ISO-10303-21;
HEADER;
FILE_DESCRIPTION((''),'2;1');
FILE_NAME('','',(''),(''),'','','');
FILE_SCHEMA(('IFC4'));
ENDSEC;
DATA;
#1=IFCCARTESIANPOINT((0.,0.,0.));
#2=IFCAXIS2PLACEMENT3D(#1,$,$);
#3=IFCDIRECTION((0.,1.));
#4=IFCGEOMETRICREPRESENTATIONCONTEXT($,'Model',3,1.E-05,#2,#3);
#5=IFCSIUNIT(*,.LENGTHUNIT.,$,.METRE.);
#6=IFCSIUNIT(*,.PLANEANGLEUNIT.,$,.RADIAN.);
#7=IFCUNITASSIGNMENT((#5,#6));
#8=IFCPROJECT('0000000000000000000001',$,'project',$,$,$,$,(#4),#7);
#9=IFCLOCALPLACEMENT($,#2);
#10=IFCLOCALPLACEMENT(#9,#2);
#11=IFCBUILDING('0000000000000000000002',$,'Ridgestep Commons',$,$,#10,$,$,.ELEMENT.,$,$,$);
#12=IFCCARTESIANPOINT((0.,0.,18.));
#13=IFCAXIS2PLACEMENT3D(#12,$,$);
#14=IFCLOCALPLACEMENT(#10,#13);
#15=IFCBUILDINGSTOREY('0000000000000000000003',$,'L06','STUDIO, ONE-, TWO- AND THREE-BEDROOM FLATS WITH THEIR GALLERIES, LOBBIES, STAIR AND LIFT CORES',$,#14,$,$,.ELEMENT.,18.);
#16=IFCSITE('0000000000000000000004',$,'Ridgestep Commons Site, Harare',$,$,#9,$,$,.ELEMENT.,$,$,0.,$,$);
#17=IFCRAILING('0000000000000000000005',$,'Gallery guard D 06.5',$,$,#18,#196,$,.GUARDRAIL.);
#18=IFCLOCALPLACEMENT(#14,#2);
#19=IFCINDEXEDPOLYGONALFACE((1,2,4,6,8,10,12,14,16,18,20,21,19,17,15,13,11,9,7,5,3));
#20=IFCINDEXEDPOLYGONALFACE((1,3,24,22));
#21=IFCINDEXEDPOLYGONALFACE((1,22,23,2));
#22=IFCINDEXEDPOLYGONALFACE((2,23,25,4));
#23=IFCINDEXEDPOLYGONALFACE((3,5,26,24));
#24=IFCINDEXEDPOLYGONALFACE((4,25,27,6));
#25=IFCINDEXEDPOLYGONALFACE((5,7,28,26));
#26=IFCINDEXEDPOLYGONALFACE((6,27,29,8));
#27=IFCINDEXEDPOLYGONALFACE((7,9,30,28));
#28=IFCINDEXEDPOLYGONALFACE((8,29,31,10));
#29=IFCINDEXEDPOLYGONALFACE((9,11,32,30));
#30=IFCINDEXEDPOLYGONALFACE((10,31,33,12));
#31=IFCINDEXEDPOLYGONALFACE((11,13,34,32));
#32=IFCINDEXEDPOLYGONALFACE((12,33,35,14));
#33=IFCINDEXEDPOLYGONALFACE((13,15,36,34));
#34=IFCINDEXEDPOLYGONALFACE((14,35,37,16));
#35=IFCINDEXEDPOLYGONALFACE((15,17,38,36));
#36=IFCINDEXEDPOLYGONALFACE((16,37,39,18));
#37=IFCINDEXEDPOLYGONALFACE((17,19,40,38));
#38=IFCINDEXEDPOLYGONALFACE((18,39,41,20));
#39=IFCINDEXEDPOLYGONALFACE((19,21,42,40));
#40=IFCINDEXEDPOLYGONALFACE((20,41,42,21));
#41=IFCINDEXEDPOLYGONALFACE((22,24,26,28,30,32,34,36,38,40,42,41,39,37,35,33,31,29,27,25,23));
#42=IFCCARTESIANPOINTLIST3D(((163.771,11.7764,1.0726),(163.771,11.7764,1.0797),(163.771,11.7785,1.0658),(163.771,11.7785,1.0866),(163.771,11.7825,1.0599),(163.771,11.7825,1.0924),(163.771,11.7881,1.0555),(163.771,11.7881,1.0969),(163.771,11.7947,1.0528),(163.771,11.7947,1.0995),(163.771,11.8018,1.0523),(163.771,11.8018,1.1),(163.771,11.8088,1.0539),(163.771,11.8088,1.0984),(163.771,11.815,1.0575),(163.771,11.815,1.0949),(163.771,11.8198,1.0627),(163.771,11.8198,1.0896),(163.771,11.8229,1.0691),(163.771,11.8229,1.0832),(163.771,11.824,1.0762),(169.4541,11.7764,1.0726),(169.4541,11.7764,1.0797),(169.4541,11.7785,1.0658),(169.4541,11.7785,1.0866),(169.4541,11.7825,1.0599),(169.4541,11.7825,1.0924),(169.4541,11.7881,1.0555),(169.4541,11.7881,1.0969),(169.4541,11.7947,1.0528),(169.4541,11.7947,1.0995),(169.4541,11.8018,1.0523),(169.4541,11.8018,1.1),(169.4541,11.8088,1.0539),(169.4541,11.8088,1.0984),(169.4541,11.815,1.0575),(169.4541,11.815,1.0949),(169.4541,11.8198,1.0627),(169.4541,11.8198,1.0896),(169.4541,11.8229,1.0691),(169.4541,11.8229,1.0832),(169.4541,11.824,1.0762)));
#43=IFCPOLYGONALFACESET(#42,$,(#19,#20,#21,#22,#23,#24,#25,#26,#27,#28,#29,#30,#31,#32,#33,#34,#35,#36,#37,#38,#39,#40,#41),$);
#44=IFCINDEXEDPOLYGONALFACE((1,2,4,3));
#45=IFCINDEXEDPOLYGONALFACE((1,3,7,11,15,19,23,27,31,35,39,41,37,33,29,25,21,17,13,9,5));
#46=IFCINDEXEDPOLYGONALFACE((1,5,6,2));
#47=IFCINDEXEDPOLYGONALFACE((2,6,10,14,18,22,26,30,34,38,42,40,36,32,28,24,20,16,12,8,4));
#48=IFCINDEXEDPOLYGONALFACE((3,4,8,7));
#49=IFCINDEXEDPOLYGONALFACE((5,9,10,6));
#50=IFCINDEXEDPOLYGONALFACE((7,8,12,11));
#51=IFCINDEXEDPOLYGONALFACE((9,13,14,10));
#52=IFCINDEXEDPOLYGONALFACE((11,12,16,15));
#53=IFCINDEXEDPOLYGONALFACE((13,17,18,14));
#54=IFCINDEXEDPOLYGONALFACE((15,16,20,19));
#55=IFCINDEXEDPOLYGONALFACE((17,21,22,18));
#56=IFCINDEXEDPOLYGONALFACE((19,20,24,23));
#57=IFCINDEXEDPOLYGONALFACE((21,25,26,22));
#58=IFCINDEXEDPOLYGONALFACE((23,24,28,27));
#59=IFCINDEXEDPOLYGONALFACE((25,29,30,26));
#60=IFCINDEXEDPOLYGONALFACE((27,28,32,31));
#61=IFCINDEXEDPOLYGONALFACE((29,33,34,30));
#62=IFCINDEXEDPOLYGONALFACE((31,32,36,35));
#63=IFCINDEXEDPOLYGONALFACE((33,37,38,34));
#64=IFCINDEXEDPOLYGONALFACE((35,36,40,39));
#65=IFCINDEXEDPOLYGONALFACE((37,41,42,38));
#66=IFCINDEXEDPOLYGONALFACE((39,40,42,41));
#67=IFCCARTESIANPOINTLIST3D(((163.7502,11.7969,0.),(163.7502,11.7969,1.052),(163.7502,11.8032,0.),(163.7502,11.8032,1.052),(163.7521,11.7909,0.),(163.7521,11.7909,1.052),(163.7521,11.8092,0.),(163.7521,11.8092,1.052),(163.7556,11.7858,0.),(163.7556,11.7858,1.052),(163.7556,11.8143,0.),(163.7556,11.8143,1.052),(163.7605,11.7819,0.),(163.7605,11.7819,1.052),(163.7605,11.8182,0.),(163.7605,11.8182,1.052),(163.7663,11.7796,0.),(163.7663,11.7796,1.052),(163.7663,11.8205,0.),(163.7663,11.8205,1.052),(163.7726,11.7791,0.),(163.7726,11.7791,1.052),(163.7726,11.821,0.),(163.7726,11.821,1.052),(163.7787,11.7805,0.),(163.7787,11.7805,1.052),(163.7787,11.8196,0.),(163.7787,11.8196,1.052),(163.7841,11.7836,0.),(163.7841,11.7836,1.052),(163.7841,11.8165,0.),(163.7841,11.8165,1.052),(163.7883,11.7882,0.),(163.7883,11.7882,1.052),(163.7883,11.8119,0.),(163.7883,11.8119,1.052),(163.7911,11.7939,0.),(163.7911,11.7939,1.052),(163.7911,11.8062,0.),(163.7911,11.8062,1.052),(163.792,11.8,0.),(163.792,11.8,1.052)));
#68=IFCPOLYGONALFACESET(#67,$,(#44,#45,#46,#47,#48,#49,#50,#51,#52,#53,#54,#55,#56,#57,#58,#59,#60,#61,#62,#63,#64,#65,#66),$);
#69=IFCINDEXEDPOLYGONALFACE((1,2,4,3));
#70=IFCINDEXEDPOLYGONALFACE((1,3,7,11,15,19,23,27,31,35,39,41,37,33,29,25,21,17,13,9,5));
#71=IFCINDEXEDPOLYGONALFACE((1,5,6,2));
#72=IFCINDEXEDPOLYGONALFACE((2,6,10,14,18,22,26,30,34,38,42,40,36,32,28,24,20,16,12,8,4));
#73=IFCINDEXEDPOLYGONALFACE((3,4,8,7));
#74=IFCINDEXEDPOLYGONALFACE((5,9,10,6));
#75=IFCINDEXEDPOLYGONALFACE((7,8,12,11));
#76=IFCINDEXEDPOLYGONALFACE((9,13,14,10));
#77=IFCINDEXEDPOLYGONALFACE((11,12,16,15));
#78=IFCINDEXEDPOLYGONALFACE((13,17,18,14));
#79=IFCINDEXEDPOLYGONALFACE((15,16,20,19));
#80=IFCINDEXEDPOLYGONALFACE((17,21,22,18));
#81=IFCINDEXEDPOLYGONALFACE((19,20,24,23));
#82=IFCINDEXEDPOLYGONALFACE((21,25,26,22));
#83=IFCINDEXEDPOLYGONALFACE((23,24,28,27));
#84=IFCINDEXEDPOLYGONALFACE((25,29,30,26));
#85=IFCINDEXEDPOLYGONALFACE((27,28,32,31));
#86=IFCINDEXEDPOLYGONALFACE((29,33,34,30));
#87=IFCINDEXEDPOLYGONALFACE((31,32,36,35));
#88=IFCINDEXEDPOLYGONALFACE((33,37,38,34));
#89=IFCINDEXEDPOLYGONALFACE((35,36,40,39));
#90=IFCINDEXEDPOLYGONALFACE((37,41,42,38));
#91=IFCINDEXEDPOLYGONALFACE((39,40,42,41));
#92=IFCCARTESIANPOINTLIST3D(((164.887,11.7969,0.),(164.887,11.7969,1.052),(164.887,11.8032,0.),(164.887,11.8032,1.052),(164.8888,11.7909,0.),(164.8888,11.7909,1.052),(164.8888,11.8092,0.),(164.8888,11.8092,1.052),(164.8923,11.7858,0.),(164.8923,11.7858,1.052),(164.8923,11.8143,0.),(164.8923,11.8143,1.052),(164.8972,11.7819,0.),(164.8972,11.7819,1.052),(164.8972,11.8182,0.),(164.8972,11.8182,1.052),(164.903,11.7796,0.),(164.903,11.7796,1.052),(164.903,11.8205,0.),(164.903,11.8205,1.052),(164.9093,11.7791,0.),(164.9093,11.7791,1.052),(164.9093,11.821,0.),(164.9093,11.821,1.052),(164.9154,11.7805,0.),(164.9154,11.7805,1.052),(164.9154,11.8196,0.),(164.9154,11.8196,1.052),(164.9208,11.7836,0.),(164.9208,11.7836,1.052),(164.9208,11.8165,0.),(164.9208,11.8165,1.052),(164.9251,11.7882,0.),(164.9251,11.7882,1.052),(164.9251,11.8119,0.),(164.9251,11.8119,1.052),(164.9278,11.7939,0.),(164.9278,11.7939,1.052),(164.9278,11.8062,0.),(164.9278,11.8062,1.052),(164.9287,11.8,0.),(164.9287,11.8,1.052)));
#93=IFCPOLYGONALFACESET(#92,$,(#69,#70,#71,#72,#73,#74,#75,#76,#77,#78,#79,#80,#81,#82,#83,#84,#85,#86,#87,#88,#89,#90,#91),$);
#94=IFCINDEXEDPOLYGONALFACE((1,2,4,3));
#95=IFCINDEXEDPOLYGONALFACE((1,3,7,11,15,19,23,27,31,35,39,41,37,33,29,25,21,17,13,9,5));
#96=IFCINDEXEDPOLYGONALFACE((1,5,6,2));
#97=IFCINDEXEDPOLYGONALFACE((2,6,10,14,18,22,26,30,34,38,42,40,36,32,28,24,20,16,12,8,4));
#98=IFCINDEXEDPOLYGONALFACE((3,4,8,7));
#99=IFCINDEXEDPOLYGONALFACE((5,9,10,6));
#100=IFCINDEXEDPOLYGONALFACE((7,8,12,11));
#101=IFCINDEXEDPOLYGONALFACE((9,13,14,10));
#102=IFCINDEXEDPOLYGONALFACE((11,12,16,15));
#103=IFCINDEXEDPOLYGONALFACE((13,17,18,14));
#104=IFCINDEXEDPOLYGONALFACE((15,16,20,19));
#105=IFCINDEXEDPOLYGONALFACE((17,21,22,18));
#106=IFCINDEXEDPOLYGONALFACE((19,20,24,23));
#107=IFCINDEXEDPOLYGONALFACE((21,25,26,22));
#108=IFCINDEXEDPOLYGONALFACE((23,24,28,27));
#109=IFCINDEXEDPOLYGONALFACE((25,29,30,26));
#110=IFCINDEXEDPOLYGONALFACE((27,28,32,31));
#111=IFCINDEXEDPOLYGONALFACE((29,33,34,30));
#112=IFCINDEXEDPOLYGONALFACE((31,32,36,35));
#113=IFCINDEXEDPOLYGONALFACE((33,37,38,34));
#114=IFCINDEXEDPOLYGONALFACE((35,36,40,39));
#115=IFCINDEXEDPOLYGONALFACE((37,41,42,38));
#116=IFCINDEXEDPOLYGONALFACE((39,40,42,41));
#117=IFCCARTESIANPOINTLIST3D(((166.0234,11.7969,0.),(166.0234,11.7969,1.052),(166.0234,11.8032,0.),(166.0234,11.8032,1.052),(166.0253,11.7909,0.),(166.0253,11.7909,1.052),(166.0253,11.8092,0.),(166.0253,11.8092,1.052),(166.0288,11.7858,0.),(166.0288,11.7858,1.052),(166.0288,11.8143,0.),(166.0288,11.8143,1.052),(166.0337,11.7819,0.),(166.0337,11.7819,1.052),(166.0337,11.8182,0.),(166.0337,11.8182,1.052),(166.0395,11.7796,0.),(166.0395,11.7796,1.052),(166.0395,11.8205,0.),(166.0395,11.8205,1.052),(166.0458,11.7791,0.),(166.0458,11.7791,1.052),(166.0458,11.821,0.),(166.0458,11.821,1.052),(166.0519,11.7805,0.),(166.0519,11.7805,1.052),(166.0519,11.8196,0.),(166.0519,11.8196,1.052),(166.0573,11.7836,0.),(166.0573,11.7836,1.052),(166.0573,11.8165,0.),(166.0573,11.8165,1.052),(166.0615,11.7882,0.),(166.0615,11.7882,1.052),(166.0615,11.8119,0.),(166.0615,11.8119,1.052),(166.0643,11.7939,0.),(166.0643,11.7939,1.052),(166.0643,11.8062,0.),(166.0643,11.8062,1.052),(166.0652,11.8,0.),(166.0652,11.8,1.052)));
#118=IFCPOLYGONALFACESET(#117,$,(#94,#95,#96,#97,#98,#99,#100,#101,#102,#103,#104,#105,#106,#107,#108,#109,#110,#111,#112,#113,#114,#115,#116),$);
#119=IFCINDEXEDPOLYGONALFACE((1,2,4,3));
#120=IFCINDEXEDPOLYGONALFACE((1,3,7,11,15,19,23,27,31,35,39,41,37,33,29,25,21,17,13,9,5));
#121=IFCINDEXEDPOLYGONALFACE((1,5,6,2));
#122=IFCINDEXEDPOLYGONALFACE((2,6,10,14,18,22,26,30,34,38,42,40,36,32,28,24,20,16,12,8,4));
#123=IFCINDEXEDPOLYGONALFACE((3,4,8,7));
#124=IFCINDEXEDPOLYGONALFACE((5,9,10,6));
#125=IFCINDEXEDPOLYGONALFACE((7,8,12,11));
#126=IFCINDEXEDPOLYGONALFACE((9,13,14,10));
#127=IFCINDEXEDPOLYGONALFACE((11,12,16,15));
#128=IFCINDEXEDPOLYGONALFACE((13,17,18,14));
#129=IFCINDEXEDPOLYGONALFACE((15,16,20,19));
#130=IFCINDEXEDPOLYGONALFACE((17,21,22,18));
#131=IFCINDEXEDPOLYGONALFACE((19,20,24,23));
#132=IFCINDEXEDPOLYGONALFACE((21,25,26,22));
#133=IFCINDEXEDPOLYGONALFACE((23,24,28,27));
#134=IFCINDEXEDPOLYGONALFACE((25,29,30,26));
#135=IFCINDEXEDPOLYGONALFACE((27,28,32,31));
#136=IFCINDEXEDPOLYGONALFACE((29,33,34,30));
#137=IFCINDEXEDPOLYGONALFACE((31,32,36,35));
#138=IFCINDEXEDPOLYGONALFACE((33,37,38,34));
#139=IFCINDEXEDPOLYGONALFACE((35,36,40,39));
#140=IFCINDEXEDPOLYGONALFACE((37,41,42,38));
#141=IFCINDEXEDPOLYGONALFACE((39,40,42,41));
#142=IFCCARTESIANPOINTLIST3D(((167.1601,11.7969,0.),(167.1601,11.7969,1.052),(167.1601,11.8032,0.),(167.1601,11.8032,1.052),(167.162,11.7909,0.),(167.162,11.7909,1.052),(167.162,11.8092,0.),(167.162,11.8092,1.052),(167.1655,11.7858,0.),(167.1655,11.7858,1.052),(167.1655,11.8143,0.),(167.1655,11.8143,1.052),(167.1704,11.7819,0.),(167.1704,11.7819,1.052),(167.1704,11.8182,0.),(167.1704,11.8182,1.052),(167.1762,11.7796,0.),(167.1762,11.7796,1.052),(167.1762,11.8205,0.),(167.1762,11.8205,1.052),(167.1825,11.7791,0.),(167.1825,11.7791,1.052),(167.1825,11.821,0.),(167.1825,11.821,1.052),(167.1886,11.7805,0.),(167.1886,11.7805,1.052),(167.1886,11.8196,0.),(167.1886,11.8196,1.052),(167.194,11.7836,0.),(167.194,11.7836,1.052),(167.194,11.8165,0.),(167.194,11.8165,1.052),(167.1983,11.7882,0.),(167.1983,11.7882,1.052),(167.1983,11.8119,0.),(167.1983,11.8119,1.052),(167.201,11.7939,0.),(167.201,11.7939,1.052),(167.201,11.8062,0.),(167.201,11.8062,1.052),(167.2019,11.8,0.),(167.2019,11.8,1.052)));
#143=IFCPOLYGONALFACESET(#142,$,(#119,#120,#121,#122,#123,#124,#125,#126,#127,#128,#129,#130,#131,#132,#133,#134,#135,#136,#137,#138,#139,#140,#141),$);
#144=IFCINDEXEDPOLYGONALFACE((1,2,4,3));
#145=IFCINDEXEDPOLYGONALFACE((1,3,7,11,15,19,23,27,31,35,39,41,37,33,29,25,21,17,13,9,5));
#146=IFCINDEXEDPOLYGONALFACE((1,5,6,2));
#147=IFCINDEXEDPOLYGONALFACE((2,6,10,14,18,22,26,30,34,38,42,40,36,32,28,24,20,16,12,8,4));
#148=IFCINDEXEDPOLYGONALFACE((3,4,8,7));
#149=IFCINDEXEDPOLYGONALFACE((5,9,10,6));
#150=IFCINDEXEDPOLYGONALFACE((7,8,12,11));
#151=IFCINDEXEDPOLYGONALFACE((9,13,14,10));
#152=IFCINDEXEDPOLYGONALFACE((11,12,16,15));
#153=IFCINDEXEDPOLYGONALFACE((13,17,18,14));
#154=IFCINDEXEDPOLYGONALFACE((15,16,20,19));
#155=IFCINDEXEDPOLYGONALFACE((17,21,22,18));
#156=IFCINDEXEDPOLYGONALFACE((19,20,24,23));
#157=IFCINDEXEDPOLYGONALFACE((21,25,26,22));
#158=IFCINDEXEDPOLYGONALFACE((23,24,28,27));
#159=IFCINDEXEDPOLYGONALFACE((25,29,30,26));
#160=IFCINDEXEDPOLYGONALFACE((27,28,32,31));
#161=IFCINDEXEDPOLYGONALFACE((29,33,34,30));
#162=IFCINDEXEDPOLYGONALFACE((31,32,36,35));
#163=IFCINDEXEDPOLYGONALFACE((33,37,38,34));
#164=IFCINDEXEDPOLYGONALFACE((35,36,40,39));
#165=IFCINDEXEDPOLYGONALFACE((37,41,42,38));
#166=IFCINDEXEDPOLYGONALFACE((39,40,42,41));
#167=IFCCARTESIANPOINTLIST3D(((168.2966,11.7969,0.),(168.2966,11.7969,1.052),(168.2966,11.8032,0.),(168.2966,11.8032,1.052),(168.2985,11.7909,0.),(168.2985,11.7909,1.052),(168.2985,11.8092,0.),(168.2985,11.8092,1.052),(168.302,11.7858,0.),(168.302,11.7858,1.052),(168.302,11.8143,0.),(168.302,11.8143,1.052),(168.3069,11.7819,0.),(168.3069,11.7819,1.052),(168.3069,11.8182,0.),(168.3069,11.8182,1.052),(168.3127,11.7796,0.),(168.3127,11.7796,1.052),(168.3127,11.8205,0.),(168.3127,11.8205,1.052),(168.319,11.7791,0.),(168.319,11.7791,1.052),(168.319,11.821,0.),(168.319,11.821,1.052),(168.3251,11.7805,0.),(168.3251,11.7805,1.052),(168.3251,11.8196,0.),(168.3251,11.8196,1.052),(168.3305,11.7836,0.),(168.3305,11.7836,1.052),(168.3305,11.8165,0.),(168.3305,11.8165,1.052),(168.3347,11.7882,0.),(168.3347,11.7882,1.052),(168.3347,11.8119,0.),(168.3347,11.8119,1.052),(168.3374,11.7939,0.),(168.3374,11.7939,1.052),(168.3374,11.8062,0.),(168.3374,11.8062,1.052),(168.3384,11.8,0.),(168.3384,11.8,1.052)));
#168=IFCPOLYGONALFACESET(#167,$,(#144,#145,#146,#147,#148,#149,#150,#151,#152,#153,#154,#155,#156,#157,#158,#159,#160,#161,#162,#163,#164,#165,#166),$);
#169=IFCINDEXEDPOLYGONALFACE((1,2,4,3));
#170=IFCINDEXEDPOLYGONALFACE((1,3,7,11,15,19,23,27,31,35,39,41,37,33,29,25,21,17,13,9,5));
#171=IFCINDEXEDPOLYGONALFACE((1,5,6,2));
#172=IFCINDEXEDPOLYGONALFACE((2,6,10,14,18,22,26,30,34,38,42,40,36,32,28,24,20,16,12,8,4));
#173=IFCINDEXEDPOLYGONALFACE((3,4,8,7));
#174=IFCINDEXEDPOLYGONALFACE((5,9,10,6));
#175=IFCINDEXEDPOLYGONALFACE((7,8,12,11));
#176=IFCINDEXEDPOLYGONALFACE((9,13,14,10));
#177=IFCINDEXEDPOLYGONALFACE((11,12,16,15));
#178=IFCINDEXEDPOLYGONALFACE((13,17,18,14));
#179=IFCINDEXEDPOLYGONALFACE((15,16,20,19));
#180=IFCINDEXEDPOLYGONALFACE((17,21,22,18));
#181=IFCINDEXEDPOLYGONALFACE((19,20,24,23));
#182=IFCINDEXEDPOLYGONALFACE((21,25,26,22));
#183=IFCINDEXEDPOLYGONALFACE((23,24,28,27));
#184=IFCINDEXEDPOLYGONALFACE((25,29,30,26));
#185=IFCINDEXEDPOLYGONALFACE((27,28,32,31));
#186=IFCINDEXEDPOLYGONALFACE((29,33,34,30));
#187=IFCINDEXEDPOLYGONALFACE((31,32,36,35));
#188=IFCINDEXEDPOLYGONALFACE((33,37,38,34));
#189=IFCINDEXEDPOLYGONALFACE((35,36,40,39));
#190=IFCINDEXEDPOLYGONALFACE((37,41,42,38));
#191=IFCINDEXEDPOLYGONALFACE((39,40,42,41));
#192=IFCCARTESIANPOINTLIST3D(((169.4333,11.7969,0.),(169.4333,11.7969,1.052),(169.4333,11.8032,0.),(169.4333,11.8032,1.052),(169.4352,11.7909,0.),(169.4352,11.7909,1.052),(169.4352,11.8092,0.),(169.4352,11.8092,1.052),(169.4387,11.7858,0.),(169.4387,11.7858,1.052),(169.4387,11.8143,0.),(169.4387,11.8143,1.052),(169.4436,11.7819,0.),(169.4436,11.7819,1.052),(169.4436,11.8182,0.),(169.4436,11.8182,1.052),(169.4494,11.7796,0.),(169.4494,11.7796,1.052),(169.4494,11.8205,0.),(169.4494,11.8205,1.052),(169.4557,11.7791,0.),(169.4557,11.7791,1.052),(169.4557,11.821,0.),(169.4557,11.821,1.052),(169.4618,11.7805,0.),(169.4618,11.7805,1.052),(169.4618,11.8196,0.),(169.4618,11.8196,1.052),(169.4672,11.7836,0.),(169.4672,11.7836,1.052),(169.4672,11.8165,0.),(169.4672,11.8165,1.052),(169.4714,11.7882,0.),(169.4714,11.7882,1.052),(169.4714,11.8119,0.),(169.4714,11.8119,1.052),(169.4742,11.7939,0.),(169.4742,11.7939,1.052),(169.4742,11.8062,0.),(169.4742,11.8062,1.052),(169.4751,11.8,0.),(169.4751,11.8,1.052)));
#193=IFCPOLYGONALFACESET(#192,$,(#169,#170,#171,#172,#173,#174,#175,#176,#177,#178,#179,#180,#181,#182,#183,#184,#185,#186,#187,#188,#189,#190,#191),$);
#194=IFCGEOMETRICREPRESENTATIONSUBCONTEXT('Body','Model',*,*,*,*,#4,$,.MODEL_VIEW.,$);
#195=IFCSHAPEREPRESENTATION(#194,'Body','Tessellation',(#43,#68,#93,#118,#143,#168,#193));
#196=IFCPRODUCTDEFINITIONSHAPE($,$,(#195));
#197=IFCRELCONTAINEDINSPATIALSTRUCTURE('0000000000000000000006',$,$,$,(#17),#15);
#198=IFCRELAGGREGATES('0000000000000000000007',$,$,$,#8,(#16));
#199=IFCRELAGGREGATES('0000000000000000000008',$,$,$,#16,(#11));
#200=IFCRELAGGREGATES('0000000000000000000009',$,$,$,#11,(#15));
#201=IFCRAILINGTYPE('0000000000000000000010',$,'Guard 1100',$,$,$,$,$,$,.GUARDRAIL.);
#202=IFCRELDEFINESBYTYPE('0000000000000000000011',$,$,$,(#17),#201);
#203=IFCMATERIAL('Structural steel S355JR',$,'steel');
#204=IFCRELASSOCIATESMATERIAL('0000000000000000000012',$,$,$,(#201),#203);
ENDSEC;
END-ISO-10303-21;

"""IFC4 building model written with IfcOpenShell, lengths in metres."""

from ifc_helpers import new_model, si_unit, direction, frame, origin, origin_2d, place, context, subcontext, project, spatial, circle, extrude, material, type_object, element, save


model = new_model("IFC4")

# Units and contexts
model_context = context("Model", 3, precision=1e-05, world=origin(), true_north=direction((0.0, 1.0)))
body_context = subcontext(model_context, "Body", "Model", "MODEL_VIEW")
ifc_project = project(units=[si_unit("LENGTHUNIT", "METRE"), si_unit("PLANEANGLEUNIT", "RADIAN")], contexts=[model_context])

# Site, building, storey
site_placement = place(None, origin())
site = spatial("IfcSite", under=ifc_project, at=site_placement, Name="Ridgestep Commons Site, Harare", CompositionType="ELEMENT", RefElevation=0.0)
building_placement = place(site_placement, origin())
building = spatial("IfcBuilding", under=site, at=building_placement, Name="Ridgestep Commons", CompositionType="ELEMENT")
storey_placement = place(building_placement, frame((0.0, 0.0, 18.0)))
storey = spatial("IfcBuildingStorey", under=building, at=storey_placement, Name="L06", Description="STUDIO, ONE-, TWO- AND THREE-BEDROOM FLATS WITH THEIR GALLERIES, LOBBIES, STAIR AND LIFT CORES", CompositionType="ELEMENT", Elevation=18.0)

# Railing
ifc_material_1 = material(Name="Structural steel S355JR", Category="steel")
railing_type = type_object("IfcRailingType", Name="Guard 1100", PredefinedType="GUARDRAIL", material=ifc_material_1)
railing_1_placement = place(storey_placement, frame((163.771, 11.8, 0.0)))
element("IfcRailing", 1, at=railing_1_placement, inside=storey, type_object=railing_type, Name="Gallery guard D 06.5", PredefinedType="GUARDRAIL", context=body_context, shape_type="SweptSolid", body=[
    extrude(circle(Radius=0.0239, at=origin_2d()), frame((0.0, 0.0, 1.0762), z_axis=(1.0, 0.0, 0.0), x_axis=(0.0, 1.0, 0.0)), (0.0, 0.0, 1.0), 5.6831),
    extrude(circle(Radius=0.021, at=origin_2d()), origin(), (0.0, 0.0, 1.0), 1.052),
    extrude(circle(Radius=0.021, at=origin_2d()), frame((1.1367, 0.0, 0.0)), (0.0, 0.0, 1.0), 1.052),
    extrude(circle(Radius=0.021, at=origin_2d()), frame((2.2732, 0.0, 0.0)), (0.0, 0.0, 1.0), 1.052),
    extrude(circle(Radius=0.021, at=origin_2d()), frame((3.4099, 0.0, 0.0)), (0.0, 0.0, 1.0), 1.052),
    extrude(circle(Radius=0.021, at=origin_2d()), frame((4.5464, 0.0, 0.0)), (0.0, 0.0, 1.0), 1.052),
    extrude(circle(Radius=0.021, at=origin_2d()), frame((5.6831, 0.0, 0.0)), (0.0, 0.0, 1.0), 1.052),
])

save(model, "model.ifc")
